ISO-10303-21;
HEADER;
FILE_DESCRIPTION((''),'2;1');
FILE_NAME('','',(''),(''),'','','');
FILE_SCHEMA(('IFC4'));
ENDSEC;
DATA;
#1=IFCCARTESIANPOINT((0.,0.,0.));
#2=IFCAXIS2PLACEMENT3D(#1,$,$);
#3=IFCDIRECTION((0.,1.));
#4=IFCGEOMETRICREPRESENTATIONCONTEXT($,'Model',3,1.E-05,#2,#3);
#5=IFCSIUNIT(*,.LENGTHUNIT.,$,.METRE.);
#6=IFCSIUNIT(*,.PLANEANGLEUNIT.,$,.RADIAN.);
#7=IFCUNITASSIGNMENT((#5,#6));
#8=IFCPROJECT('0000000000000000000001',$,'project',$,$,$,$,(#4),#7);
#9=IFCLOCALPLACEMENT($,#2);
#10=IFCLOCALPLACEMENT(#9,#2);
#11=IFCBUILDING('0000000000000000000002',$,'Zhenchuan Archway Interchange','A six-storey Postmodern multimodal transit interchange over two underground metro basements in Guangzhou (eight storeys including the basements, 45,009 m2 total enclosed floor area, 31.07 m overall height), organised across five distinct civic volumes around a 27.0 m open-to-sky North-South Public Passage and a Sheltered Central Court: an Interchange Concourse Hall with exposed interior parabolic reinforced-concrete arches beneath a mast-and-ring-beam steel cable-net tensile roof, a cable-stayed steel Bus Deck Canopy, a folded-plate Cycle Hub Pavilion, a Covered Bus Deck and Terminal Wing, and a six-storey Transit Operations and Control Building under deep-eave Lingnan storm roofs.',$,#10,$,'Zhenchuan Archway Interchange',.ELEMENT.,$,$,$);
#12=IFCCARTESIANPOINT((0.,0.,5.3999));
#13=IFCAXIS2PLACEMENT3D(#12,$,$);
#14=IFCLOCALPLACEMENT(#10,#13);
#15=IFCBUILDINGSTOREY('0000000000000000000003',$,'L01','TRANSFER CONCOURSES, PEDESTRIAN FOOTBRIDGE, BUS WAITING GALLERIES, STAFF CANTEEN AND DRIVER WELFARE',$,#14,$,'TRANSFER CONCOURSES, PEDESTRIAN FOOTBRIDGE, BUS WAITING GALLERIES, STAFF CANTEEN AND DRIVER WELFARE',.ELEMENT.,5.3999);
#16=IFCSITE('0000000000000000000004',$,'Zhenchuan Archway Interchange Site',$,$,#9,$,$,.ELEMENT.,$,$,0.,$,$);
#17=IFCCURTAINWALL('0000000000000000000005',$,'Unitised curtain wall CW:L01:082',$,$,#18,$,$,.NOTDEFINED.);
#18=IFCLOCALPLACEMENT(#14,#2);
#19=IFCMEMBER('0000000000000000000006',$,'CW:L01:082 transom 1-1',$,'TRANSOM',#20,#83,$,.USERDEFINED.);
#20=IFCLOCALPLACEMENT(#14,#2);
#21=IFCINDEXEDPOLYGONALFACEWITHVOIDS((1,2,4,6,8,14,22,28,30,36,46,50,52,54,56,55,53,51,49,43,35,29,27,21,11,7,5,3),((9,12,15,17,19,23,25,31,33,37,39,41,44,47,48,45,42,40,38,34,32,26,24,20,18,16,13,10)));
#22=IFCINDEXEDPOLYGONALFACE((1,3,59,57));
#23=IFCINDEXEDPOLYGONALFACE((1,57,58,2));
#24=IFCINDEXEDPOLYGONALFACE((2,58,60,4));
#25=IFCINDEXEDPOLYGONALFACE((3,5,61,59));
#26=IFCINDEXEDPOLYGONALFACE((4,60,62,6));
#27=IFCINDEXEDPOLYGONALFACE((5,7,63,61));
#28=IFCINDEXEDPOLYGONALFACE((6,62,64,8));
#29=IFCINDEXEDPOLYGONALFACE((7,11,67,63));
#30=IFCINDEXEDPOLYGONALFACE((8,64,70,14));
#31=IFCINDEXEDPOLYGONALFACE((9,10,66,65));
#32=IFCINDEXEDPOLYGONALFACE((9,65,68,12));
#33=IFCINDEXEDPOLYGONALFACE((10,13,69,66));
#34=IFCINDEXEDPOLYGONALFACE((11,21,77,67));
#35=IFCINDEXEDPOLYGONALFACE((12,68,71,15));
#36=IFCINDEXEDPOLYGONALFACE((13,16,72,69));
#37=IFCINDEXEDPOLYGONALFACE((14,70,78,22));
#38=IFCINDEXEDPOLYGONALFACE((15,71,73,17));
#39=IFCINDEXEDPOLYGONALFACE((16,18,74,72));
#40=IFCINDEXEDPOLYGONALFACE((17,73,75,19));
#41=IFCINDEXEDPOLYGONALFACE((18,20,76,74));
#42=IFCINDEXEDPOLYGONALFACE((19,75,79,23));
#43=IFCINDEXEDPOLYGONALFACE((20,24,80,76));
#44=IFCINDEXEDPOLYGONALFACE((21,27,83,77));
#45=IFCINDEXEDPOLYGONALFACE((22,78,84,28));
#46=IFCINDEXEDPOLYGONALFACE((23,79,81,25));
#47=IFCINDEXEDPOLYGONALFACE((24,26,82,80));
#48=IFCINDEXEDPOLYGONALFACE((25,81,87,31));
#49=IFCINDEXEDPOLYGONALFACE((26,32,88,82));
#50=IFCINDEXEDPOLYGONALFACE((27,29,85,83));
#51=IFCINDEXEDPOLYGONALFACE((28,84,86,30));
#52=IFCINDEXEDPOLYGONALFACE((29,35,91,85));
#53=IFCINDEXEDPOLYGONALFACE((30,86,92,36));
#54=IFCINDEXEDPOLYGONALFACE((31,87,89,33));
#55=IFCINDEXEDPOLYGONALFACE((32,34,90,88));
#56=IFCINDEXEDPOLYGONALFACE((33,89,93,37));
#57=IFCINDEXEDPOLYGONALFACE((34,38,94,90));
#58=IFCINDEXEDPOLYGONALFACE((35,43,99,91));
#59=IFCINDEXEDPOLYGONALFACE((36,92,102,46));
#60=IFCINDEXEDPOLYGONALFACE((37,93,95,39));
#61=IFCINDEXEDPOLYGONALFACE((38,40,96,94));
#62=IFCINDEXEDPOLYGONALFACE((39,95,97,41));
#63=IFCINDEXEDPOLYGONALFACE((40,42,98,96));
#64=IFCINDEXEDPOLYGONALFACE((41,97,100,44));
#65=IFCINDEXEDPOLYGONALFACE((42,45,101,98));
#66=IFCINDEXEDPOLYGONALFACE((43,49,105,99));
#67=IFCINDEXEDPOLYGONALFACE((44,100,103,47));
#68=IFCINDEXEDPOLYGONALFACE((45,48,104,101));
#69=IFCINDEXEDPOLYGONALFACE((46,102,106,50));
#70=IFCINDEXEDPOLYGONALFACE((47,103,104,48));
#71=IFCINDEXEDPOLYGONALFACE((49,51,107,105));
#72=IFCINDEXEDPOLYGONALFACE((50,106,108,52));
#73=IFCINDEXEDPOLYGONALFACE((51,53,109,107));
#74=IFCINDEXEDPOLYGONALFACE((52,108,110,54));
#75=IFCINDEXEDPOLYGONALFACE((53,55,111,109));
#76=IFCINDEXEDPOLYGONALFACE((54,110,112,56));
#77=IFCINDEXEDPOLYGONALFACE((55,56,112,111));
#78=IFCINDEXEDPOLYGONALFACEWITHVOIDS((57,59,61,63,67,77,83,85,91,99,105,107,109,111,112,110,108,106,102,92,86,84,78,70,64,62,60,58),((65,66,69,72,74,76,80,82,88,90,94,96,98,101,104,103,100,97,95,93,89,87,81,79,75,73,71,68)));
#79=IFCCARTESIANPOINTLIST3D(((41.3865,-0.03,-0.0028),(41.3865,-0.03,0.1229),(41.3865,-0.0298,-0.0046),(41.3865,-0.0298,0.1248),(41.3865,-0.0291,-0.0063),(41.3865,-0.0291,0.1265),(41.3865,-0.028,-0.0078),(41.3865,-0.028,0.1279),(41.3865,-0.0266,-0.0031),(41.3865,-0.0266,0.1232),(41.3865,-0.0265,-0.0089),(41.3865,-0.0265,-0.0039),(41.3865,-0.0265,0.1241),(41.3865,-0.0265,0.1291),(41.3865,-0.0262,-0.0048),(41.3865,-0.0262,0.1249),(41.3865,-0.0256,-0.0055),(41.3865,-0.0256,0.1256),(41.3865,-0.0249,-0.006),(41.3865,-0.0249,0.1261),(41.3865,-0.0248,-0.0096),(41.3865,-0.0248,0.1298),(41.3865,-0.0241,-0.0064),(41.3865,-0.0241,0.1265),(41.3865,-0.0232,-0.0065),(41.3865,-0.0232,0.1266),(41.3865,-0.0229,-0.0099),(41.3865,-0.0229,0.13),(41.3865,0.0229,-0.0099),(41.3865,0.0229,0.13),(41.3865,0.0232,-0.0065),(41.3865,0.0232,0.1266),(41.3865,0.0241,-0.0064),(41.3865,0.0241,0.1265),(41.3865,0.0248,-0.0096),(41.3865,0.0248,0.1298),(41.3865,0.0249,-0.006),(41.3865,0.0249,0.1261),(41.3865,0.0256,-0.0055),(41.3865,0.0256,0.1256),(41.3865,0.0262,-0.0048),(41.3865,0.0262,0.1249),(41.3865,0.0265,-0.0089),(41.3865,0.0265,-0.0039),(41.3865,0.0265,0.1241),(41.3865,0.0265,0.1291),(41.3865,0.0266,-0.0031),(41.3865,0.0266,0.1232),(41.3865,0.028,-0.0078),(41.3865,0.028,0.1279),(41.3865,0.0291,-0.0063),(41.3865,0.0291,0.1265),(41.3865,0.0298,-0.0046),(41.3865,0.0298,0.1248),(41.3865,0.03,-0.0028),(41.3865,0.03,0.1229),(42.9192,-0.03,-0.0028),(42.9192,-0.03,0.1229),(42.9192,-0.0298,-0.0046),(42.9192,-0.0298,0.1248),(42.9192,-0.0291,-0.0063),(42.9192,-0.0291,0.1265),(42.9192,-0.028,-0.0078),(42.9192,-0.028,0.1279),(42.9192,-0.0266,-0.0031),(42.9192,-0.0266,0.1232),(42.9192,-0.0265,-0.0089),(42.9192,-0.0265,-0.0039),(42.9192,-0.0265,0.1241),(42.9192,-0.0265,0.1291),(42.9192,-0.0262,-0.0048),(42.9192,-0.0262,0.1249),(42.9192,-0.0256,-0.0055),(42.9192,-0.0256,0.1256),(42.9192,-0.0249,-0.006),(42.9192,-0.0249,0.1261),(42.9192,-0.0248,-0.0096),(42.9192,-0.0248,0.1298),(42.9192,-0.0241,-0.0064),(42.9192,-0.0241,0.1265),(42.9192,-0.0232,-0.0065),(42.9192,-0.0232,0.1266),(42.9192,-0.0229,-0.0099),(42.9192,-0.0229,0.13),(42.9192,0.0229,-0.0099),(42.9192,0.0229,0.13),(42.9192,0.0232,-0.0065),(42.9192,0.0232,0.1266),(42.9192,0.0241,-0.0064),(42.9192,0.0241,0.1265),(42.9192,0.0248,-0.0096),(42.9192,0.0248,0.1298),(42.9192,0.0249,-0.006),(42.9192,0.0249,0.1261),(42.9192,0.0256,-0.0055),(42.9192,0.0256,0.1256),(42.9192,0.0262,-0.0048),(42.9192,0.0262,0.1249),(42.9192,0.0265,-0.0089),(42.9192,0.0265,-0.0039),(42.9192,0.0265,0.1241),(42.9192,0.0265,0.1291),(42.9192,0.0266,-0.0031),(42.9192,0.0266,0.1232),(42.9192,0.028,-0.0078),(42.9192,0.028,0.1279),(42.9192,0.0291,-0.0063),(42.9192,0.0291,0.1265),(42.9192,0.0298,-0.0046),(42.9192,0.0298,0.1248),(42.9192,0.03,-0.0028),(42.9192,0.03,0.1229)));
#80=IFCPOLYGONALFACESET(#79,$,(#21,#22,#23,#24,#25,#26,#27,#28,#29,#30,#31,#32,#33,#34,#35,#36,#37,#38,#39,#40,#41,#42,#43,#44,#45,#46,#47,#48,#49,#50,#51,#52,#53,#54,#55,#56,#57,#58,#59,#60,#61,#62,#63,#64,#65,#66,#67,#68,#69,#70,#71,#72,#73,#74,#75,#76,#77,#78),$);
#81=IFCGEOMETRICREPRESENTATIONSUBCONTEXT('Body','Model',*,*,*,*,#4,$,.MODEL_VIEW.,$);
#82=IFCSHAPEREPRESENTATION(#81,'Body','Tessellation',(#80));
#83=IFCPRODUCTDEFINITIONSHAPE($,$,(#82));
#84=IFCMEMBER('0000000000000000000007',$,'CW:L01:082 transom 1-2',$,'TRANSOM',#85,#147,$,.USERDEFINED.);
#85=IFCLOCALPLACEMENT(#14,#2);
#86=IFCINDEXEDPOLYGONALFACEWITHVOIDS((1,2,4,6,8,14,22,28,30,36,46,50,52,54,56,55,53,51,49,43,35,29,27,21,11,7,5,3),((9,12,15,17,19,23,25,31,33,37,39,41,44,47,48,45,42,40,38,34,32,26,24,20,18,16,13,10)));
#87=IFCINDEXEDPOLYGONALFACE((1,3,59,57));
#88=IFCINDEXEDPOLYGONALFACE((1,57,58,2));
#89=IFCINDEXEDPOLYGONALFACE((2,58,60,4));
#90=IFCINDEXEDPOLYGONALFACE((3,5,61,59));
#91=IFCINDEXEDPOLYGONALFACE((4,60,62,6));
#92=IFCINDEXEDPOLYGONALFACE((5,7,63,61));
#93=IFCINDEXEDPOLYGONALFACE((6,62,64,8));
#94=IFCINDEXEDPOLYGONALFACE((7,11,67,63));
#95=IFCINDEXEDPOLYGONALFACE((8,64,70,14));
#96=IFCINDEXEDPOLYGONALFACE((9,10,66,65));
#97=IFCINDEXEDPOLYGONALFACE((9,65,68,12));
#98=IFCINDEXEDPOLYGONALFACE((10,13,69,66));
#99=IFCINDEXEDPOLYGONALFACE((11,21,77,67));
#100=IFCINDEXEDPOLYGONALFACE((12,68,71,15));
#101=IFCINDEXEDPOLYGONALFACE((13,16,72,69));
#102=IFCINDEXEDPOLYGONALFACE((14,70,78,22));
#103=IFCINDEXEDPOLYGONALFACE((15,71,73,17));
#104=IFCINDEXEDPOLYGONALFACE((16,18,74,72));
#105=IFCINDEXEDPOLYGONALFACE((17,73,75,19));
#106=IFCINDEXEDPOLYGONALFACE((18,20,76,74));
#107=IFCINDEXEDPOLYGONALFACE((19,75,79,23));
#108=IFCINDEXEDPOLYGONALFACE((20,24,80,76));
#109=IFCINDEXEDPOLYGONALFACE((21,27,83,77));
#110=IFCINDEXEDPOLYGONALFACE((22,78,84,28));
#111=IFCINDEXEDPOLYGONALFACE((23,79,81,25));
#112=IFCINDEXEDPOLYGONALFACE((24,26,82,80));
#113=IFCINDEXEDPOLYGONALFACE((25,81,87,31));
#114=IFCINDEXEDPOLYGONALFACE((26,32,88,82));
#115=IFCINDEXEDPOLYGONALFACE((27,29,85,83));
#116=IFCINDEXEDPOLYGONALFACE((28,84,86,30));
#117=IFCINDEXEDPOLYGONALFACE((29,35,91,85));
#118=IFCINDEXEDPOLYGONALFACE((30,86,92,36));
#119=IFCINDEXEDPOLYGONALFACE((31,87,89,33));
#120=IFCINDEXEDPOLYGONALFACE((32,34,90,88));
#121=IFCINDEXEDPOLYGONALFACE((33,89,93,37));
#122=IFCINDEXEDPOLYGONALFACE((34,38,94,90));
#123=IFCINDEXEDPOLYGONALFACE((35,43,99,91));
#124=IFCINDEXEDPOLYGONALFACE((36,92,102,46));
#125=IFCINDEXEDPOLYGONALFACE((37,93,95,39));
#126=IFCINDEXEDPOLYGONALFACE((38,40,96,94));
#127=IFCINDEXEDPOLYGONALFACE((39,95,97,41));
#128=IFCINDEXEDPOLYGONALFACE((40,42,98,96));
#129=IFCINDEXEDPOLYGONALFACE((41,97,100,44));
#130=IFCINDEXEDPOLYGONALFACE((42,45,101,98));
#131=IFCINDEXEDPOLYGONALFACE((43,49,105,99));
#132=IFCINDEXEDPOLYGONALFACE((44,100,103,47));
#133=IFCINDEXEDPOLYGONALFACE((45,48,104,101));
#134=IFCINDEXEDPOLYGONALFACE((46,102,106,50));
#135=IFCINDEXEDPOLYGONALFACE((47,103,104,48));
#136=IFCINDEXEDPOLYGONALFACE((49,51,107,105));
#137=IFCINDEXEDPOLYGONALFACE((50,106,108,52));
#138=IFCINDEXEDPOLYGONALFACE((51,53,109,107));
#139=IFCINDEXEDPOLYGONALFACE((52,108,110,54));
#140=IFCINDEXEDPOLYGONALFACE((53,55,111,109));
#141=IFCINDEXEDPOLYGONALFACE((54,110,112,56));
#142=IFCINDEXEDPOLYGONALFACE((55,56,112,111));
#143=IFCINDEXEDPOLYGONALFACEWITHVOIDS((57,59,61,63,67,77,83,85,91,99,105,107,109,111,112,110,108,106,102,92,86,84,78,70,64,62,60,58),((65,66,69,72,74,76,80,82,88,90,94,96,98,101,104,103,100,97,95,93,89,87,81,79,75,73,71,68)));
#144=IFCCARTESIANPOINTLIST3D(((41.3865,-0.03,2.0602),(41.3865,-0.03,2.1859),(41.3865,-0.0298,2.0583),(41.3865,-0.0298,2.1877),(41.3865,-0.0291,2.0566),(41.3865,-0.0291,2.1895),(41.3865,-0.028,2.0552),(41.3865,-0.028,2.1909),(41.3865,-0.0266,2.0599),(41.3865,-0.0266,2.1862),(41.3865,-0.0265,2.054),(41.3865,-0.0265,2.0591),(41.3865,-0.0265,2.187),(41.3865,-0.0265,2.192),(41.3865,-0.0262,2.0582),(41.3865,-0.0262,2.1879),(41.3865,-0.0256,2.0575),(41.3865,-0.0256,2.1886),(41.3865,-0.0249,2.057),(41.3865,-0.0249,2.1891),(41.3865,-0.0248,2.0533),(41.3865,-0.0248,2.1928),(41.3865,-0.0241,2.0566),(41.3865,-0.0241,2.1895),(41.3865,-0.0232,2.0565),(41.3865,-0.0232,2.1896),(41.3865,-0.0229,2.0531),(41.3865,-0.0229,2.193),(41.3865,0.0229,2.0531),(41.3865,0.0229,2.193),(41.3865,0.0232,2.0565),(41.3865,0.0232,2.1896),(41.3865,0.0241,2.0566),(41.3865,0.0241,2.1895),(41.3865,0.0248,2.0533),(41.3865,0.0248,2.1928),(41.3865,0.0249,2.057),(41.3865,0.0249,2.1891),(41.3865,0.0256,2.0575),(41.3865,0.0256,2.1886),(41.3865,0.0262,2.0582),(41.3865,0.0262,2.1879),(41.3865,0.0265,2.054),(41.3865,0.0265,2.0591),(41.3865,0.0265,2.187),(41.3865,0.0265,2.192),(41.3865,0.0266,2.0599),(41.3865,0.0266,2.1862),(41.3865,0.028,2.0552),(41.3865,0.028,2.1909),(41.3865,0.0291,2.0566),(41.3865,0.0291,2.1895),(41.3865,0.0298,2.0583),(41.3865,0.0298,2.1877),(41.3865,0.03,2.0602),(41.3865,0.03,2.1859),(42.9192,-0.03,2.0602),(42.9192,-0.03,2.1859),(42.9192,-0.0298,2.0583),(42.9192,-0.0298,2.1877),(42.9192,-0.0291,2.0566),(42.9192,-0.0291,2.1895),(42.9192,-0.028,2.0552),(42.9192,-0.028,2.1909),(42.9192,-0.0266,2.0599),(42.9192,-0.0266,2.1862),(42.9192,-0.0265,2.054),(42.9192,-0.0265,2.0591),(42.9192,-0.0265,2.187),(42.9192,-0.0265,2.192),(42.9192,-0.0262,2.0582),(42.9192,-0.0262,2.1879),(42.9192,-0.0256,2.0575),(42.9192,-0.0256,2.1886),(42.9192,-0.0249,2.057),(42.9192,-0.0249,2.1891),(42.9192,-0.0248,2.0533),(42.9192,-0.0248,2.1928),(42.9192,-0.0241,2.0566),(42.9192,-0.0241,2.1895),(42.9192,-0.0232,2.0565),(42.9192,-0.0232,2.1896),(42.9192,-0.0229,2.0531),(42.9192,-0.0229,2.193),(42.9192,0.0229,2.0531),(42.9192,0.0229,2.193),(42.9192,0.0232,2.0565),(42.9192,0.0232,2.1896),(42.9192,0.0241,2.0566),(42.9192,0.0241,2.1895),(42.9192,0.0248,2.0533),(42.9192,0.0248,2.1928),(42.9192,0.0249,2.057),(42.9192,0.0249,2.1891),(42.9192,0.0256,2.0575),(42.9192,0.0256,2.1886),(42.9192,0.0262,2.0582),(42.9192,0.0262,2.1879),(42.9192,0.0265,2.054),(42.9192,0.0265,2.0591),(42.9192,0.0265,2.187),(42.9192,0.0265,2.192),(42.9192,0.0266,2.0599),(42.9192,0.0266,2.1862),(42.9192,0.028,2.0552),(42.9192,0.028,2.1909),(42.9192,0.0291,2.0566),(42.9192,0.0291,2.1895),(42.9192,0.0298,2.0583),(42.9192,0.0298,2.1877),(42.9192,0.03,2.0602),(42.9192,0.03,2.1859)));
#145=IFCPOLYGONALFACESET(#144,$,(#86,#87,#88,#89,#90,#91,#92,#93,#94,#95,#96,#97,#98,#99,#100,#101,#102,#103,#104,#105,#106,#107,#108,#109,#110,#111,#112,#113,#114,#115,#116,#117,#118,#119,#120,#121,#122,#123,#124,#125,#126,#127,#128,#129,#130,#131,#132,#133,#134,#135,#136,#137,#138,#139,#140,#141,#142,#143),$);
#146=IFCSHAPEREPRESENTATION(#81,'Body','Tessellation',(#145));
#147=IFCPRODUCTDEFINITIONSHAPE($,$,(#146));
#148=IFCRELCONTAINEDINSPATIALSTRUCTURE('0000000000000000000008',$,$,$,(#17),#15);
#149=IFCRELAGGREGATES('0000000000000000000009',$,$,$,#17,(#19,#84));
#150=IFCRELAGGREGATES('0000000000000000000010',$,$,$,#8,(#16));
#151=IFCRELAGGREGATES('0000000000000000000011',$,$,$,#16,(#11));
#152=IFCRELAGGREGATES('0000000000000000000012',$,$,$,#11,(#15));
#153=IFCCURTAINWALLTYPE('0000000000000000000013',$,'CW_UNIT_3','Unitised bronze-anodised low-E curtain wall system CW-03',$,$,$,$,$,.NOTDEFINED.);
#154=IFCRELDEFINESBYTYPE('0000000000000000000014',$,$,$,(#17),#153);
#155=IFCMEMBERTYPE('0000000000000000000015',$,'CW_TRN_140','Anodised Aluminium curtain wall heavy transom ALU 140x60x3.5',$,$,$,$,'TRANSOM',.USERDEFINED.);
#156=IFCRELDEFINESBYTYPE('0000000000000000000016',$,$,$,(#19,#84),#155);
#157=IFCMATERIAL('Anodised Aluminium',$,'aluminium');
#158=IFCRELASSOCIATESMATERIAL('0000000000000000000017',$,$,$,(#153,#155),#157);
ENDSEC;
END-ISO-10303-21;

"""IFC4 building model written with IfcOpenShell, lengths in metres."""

from ifc_helpers import new_model, si_unit, direction, frame, origin, origin_2d, place, context, subcontext, project, spatial, hollow_rectangle, extrude, material, material_profile, profile_set, type_object, element, aggregate, save


model = new_model("IFC4")

# Units and contexts
model_context = context("Model", 3, precision=1e-05, world=origin(), true_north=direction((0.0, 1.0)))
body_context = subcontext(model_context, "Body", "Model", "MODEL_VIEW")
ifc_project = project(units=[si_unit("LENGTHUNIT", "METRE"), si_unit("PLANEANGLEUNIT", "RADIAN")], contexts=[model_context])

# Site, building, storey
site_placement = place(None, origin())
site = spatial("IfcSite", under=ifc_project, at=site_placement, Name="Zhenchuan Archway Interchange Site", CompositionType="ELEMENT", RefElevation=0.0)
building_placement = place(site_placement, origin())
building = spatial("IfcBuilding", under=site, at=building_placement, Name="Zhenchuan Archway Interchange", Description="A six-storey Postmodern multimodal transit interchange over two underground metro basements in Guangzhou (eight storeys including the basements, 45,009 m2 total enclosed floor area, 31.07 m overall height), organised across five distinct civic volumes around a 27.0 m open-to-sky North-South Public Passage and a Sheltered Central Court: an Interchange Concourse Hall with exposed interior parabolic reinforced-concrete arches beneath a mast-and-ring-beam steel cable-net tensile roof, a cable-stayed steel Bus Deck Canopy, a folded-plate Cycle Hub Pavilion, a Covered Bus Deck and Terminal Wing, and a six-storey Transit Operations and Control Building under deep-eave Lingnan storm roofs.", LongName="Zhenchuan Archway Interchange", CompositionType="ELEMENT")
storey_placement = place(building_placement, frame((0.0, 0.0, 5.3999)))
storey = spatial("IfcBuildingStorey", under=building, at=storey_placement, Name="L01", Description="TRANSFER CONCOURSES, PEDESTRIAN FOOTBRIDGE, BUS WAITING GALLERIES, STAFF CANTEEN AND DRIVER WELFARE", LongName="TRANSFER CONCOURSES, PEDESTRIAN FOOTBRIDGE, BUS WAITING GALLERIES, STAFF CANTEEN AND DRIVER WELFARE", CompositionType="ELEMENT", Elevation=5.3999)

# Curtain wall
ifc_material_1 = material(Name="Anodised Aluminium", Category="aluminium")
curtain_wall_type_1 = type_object("IfcCurtainWallType", Name="CW_UNIT_3", Description="Unitised bronze-anodised low-E curtain wall system CW-03", PredefinedType="NOTDEFINED", material=ifc_material_1)
curtain_wall_1_placement = place(storey_placement, origin())
curtain_wall_1 = element("IfcCurtainWall", 1, at=curtain_wall_1_placement, inside=storey, type_object=curtain_wall_type_1, Name="Unitised curtain wall CW:L01:082", PredefinedType="NOTDEFINED")

# Members
ifc_material_profile_1 = material_profile(ifc_material_1, hollow_rectangle(XDim=0.0601, YDim=0.1399, WallThickness=0.0034, InnerFilletRadius=0.0034, OuterFilletRadius=0.0071, at=origin_2d()), Name="ALU 140x60x3.5")
ifc_profile_set_1 = profile_set([ifc_material_profile_1], Name="Anodised Aluminium")
member_type_1 = type_object("IfcMemberType", Name="CW_TRN_140", Description="Anodised Aluminium curtain wall heavy transom ALU 140x60x3.5", ElementType="TRANSOM", PredefinedType="USERDEFINED", material=ifc_profile_set_1)
member_1_placement = place(storey_placement, frame((42.9192, 0.0, 0.0601), z_axis=(-1.0, 0.0, 0.0), x_axis=(0.0, -1.0, 0.0)))
member_1 = element("IfcMember", 2, at=member_1_placement, type_object=member_type_1, Name="CW:L01:082 transom 1-1", ObjectType="TRANSOM", PredefinedType="USERDEFINED", context=body_context, shape_type="SweptSolid", body=[
    extrude(hollow_rectangle(XDim=0.0601, YDim=0.1399, WallThickness=0.0034, InnerFilletRadius=0.0034, OuterFilletRadius=0.0071, at=origin_2d()), origin(), (0.0, 0.0, 1.0), 1.5327),
])
member_2_placement = place(storey_placement, frame((42.9192, 0.0, 2.123), z_axis=(-1.0, 0.0, 0.0), x_axis=(0.0, -1.0, 0.0)))
member_2 = element("IfcMember", 3, at=member_2_placement, type_object=member_type_1, Name="CW:L01:082 transom 1-2", ObjectType="TRANSOM", PredefinedType="USERDEFINED", context=body_context, shape_type="SweptSolid", body=[
    extrude(hollow_rectangle(XDim=0.0601, YDim=0.1399, WallThickness=0.0034, InnerFilletRadius=0.0034, OuterFilletRadius=0.0071, at=origin_2d()), origin(), (0.0, 0.0, 1.0), 1.5327),
])

aggregate(curtain_wall_1, [member_1, member_2])

save(model, "model.ifc")
